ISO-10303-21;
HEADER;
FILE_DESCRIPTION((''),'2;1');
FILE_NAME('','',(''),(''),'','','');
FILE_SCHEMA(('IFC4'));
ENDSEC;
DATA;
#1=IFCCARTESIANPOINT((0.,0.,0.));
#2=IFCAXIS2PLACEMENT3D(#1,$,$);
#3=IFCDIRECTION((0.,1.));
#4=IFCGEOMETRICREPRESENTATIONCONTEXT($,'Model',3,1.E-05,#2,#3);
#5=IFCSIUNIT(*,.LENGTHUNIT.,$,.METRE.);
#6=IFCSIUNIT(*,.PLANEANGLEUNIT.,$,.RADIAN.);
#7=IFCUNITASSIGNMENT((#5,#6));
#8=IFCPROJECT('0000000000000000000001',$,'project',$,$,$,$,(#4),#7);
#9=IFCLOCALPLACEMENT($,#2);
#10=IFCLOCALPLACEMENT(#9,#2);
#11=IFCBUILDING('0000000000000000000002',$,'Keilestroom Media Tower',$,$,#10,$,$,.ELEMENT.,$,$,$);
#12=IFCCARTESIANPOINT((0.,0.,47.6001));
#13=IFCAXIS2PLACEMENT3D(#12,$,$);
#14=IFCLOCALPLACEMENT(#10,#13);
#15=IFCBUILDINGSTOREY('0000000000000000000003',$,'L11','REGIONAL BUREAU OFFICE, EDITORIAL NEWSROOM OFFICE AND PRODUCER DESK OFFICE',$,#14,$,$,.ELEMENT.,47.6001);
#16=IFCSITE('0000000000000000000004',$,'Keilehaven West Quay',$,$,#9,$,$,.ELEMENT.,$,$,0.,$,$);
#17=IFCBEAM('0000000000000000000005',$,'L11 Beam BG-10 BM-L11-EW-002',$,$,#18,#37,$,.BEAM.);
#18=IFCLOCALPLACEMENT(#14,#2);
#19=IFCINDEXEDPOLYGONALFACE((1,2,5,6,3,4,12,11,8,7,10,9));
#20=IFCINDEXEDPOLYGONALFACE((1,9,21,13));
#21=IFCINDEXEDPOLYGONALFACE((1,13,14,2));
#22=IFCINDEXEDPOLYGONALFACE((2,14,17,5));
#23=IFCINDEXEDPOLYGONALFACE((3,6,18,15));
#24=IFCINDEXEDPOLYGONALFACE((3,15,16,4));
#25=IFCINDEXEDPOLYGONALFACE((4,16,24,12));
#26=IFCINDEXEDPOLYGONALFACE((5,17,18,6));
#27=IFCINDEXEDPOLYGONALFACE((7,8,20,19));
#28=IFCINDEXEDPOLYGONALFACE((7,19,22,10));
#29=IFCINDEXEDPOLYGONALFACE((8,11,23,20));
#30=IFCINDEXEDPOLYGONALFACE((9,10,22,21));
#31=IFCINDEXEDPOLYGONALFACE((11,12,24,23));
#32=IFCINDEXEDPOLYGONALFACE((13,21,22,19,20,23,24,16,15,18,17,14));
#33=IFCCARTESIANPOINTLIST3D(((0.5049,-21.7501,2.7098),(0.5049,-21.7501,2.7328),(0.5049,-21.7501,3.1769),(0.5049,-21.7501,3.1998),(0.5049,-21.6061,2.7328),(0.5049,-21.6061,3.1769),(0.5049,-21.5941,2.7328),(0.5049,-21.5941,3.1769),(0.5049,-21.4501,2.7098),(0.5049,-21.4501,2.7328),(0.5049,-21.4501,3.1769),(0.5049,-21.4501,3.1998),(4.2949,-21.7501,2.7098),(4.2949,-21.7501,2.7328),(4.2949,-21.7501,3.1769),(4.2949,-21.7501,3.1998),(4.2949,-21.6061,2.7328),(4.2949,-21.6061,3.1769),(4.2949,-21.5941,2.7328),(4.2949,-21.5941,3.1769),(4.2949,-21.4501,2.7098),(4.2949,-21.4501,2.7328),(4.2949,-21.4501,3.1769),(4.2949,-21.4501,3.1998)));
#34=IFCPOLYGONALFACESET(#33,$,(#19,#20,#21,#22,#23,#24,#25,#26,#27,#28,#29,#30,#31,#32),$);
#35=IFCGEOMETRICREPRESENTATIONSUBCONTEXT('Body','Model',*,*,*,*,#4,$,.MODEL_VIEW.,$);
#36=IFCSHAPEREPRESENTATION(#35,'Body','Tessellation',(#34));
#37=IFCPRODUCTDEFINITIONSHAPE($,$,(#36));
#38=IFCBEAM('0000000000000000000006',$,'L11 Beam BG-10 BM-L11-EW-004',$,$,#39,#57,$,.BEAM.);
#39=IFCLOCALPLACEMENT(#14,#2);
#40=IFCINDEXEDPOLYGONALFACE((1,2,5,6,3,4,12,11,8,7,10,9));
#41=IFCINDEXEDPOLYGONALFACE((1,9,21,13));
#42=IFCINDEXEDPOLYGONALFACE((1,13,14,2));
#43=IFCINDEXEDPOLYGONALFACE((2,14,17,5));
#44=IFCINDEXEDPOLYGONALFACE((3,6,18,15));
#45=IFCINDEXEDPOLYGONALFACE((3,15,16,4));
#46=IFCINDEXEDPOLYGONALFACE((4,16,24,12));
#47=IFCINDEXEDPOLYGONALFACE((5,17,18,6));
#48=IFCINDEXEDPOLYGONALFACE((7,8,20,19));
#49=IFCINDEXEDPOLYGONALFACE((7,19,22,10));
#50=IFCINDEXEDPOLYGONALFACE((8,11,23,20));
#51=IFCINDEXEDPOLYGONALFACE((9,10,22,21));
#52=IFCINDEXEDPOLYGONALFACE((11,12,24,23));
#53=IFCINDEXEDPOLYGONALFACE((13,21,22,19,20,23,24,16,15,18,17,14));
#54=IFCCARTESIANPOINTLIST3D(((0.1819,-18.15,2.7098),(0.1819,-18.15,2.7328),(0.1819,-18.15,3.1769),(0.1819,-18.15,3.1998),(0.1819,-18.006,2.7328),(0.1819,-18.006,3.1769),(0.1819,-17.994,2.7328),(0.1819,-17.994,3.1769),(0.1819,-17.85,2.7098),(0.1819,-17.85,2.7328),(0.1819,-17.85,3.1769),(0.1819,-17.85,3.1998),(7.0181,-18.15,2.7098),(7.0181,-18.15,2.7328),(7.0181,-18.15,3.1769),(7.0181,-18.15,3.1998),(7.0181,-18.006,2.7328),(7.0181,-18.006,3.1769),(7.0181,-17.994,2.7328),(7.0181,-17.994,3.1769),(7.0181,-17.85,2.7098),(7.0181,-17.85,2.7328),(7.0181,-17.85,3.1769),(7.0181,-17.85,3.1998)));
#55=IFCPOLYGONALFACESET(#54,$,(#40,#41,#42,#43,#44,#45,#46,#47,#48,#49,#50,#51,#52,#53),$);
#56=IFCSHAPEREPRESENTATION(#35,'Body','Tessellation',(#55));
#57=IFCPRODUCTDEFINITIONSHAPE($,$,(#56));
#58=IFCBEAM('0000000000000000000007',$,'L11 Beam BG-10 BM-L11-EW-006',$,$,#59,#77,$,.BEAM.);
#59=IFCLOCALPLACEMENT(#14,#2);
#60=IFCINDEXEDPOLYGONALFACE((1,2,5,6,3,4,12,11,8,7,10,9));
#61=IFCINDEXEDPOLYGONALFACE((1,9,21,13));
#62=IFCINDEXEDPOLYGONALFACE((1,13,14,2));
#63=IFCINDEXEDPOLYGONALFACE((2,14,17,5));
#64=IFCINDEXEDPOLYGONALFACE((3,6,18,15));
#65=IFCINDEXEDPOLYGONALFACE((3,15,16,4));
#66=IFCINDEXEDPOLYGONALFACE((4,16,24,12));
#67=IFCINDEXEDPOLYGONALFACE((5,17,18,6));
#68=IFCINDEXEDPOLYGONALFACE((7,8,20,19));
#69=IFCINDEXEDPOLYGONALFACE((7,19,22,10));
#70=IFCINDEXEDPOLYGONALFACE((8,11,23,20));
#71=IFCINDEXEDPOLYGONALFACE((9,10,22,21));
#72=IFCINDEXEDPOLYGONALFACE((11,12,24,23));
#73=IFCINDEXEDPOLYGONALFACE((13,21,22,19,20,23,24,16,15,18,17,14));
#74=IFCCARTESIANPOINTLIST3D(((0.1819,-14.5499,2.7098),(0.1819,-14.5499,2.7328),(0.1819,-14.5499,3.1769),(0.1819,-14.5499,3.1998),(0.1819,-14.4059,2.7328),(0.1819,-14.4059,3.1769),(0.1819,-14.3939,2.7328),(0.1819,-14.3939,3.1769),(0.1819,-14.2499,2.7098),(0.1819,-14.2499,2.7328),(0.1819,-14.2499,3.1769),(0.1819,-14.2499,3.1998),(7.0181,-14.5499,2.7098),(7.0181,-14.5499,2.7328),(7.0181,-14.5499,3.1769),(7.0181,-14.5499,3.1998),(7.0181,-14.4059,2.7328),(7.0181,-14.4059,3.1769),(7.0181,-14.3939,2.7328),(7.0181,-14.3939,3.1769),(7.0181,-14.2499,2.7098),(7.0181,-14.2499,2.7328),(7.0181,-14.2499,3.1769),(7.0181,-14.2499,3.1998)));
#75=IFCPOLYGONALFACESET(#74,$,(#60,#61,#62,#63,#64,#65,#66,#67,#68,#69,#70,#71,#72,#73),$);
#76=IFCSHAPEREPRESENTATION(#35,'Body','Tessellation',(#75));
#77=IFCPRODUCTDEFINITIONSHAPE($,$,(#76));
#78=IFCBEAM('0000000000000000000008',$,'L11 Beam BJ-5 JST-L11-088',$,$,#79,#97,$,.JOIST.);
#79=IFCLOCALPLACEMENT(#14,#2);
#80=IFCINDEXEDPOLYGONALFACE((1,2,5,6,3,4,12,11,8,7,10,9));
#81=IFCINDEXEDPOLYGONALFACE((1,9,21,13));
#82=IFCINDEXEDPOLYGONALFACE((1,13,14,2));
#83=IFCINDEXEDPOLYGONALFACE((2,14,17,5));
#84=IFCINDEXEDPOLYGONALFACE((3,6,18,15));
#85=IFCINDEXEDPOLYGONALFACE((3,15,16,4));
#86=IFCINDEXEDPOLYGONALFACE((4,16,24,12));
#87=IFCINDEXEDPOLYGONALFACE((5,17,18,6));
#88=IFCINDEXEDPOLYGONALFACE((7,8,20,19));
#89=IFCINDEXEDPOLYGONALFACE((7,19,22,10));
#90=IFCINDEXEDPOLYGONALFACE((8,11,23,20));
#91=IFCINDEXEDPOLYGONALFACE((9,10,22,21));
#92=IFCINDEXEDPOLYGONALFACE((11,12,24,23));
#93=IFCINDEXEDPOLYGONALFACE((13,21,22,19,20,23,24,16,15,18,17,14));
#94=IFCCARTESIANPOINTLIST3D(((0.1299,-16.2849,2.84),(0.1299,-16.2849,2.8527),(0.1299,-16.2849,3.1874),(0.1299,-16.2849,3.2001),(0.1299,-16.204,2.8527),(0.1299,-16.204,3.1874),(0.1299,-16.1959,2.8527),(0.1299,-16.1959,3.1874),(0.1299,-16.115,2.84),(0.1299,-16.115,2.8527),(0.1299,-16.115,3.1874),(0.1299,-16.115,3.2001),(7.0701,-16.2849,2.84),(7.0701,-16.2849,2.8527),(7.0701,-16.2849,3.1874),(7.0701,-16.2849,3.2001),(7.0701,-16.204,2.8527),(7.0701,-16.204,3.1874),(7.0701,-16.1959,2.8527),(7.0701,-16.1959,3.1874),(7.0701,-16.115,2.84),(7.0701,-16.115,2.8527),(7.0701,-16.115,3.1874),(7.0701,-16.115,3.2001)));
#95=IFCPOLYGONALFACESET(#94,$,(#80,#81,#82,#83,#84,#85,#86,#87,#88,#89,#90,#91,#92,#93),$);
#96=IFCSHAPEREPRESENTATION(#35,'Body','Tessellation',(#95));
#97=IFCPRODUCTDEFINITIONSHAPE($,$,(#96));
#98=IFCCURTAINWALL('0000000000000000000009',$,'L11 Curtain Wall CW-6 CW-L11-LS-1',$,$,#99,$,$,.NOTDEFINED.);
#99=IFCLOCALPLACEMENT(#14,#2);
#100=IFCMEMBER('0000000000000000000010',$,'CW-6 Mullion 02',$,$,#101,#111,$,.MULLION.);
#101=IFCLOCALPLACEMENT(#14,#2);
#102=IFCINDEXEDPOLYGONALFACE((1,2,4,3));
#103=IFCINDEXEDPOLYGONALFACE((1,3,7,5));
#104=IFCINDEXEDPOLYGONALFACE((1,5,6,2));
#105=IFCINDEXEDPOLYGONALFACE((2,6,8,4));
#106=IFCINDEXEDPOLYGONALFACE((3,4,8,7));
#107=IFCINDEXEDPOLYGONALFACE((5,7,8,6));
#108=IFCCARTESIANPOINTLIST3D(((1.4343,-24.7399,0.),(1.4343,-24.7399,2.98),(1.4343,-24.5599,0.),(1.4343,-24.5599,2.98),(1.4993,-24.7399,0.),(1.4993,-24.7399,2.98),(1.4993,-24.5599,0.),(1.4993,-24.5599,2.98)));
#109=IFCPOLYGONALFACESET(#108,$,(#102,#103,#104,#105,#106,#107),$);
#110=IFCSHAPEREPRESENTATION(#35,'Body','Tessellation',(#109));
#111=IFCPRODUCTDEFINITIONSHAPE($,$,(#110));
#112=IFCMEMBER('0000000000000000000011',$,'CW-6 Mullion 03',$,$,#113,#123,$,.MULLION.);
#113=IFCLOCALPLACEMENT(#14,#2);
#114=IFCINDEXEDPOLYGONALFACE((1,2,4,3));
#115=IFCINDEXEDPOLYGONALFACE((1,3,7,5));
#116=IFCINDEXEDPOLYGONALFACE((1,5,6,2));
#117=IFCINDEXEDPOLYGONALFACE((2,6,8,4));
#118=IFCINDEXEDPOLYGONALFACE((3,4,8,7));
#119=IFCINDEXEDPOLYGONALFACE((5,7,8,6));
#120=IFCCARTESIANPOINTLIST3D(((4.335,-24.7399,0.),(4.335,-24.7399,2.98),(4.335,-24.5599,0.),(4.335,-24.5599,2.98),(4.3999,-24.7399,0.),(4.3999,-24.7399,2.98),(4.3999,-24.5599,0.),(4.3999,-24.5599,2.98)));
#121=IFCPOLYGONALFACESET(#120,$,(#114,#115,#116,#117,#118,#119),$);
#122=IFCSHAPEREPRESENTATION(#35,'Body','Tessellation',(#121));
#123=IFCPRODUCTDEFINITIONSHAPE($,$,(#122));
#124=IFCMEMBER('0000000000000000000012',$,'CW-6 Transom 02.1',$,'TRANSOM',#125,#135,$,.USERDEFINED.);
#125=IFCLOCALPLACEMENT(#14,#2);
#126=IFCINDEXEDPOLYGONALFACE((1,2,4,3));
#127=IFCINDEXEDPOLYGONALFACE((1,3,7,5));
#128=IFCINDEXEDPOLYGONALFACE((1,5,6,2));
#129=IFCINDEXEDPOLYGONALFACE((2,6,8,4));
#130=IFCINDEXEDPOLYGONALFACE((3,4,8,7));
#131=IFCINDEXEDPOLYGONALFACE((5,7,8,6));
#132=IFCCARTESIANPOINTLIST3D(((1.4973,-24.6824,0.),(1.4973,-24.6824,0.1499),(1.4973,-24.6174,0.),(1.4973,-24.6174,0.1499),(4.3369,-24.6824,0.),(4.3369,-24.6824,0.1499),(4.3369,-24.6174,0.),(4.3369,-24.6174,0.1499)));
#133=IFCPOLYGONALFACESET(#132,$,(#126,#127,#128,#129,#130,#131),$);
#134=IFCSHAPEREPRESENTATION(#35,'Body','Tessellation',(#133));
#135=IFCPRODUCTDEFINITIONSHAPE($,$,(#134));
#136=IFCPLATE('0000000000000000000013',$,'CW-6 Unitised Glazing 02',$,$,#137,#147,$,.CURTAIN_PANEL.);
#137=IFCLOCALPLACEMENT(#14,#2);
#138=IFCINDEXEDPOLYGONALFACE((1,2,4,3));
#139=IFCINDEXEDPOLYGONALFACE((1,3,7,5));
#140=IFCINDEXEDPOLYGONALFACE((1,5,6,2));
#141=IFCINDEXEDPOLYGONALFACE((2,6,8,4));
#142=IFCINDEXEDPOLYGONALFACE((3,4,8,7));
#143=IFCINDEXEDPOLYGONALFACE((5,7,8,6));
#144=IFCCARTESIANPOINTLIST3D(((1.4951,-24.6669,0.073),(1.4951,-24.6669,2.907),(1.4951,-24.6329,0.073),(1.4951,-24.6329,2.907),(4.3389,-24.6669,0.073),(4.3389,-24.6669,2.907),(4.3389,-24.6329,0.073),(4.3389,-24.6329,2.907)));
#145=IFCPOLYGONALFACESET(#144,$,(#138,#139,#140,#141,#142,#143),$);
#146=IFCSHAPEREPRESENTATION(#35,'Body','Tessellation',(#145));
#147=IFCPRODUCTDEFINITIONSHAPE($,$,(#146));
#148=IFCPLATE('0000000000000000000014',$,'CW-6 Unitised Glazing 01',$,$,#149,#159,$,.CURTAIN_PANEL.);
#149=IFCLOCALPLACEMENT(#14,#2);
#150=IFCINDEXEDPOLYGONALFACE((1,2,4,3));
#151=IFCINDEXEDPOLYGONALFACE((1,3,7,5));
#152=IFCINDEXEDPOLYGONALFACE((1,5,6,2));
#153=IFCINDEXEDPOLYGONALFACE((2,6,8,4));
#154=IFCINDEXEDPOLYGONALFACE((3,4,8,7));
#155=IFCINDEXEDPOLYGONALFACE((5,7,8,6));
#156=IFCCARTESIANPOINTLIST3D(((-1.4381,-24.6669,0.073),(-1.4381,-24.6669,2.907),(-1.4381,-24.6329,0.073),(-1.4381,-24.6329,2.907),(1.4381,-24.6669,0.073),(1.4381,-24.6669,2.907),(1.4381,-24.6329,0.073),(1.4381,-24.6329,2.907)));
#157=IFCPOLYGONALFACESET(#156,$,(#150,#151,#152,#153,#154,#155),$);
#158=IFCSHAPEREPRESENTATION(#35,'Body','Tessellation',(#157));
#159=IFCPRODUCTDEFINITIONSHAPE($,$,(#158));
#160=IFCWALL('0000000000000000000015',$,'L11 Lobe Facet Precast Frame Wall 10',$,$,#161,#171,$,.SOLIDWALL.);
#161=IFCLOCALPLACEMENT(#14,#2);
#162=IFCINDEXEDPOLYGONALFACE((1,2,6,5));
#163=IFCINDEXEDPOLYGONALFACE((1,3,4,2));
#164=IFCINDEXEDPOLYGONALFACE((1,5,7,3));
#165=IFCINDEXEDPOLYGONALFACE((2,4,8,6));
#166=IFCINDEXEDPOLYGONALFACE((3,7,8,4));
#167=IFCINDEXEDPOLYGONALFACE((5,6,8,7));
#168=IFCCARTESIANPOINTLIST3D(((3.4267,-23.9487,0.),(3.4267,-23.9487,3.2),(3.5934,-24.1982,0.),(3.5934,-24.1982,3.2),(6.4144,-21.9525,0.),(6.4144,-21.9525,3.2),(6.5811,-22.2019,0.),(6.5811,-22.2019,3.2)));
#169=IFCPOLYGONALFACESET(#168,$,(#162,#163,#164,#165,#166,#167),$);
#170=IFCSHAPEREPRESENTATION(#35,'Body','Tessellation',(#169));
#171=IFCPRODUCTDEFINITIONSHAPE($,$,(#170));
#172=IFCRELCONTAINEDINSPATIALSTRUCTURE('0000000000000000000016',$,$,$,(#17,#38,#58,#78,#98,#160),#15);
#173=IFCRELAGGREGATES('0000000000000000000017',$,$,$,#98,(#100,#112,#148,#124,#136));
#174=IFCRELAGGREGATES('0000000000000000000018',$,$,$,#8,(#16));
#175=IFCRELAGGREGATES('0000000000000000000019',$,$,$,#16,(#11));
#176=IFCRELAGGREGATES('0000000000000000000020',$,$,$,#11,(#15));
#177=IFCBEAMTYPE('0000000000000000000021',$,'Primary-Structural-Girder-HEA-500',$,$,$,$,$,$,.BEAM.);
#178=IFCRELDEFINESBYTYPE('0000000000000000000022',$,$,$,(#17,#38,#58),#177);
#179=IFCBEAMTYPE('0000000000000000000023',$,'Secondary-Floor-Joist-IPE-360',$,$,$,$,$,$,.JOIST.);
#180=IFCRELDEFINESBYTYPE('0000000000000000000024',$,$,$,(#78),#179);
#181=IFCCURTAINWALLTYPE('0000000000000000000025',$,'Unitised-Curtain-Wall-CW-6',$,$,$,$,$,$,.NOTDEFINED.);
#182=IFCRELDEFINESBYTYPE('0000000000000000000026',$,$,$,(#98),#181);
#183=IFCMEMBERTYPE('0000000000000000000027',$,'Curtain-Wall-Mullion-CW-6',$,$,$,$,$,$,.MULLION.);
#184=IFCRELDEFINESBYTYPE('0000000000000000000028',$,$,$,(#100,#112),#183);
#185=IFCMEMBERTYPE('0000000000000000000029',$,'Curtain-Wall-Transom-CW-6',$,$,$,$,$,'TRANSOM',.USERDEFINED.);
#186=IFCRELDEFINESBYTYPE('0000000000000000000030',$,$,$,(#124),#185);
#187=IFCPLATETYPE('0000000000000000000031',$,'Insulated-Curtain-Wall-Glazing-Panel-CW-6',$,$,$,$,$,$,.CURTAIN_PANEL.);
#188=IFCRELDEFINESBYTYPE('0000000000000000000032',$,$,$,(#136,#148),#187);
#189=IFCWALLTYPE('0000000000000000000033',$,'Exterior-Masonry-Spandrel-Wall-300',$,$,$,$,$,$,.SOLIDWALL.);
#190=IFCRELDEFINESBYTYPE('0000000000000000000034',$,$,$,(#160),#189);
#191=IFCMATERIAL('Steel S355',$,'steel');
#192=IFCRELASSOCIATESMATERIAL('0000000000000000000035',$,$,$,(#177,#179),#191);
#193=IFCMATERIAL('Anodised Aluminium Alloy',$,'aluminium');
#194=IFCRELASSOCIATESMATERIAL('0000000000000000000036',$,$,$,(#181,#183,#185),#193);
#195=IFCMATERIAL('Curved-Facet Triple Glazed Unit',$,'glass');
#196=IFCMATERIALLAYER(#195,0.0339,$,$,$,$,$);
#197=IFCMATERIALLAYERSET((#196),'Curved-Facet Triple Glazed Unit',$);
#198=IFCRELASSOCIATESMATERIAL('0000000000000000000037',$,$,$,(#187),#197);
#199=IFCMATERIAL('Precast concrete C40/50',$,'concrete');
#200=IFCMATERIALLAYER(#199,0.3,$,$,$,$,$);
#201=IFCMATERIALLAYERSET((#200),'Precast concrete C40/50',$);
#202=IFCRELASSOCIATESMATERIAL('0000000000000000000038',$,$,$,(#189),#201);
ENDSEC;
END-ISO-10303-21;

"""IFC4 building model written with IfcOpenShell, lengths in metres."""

from ifc_helpers import new_model, si_unit, direction, frame, frame_2d, origin, origin_2d, place, context, subcontext, project, spatial, rectangle, i_section, extrude, source, transform, mapped, material, layer, layer_set, material_profile, profile_set, type_object, element, aggregate, save


model = new_model("IFC4")

# Units and contexts
model_context = context("Model", 3, precision=1e-05, world=origin(), true_north=direction((0.0, 1.0)))
body_context = subcontext(model_context, "Body", "Model", "MODEL_VIEW")
ifc_project = project(units=[si_unit("LENGTHUNIT", "METRE"), si_unit("PLANEANGLEUNIT", "RADIAN")], contexts=[model_context])

# Site, building, storey
site_placement = place(None, origin())
site = spatial("IfcSite", under=ifc_project, at=site_placement, Name="Keilehaven West Quay", CompositionType="ELEMENT", RefElevation=0.0)
building_placement = place(site_placement, origin())
building = spatial("IfcBuilding", under=site, at=building_placement, Name="Keilestroom Media Tower", CompositionType="ELEMENT")
storey_placement = place(building_placement, frame((0.0, 0.0, 47.6001)))
storey = spatial("IfcBuildingStorey", under=building, at=storey_placement, Name="L11", Description="REGIONAL BUREAU OFFICE, EDITORIAL NEWSROOM OFFICE AND PRODUCER DESK OFFICE", CompositionType="ELEMENT", Elevation=47.6001)

# Beams
ifc_material_1 = material(Name="Steel S355", Category="steel")
ifc_material_profile_1 = material_profile(ifc_material_1, i_section(OverallWidth=0.3, OverallDepth=0.49, WebThickness=0.012, FlangeThickness=0.0229, at=origin_2d()), Name="HEA 500")
ifc_profile_set_1 = profile_set([ifc_material_profile_1], Name="Steel S355")
beam_type_1 = type_object("IfcBeamType", Name="Primary-Structural-Girder-HEA-500", PredefinedType="BEAM", material=ifc_profile_set_1)
shared_shape_1 = source(origin(), body_context, "Body", "SweptSolid", [
    extrude(i_section(OverallWidth=0.3, OverallDepth=0.49, WebThickness=0.012, FlangeThickness=0.0229, at=origin_2d()), origin(), (0.0, 0.0, 1.0), 3.79),
])
beam_1_placement = place(storey_placement, frame((0.5049, -21.6001, 2.9548), z_axis=(1.0, 0.0, 0.0), x_axis=(0.0, 1.0, 0.0)))
element("IfcBeam", 1, at=beam_1_placement, inside=storey, type_object=beam_type_1, Name="L11 Beam BG-10 BM-L11-EW-002", PredefinedType="BEAM", context=body_context, shape_type="MappedRepresentation", body=[
    mapped(shared_shape_1, transform((0.0, 0.0, 0.0), x_axis=(1.0, 0.0, 0.0), y_axis=(0.0, 1.0, 0.0), z_axis=(0.0, 0.0, 1.0), scale=1.0)),
])
shared_shape_2 = source(origin(), body_context, "Body", "SweptSolid", [
    extrude(i_section(OverallWidth=0.3, OverallDepth=0.49, WebThickness=0.012, FlangeThickness=0.0229, at=origin_2d()), origin(), (0.0, 0.0, 1.0), 6.8362),
])
for number, where, z_axis, x_axis, name in (
    (2, (0.1819, -18.0, 2.9548), (1.0, 0.0, 0.0), (0.0, 1.0, 0.0), "L11 Beam BG-10 BM-L11-EW-004"),
    (3, (0.1819, -14.3999, 2.9548), (1.0, 0.0, 0.0), (0.0, 1.0, 0.0), "L11 Beam BG-10 BM-L11-EW-006"),
):
    element("IfcBeam", number, at=place(storey_placement, frame(where, z_axis=z_axis, x_axis=x_axis)), inside=storey, type_object=beam_type_1, Name=name, PredefinedType="BEAM", context=body_context, shape_type="MappedRepresentation", body=[
        mapped(shared_shape_2, transform((0.0, 0.0, 0.0), x_axis=(1.0, 0.0, 0.0), y_axis=(0.0, 1.0, 0.0), z_axis=(0.0, 0.0, 1.0), scale=1.0)),
    ])
ifc_material_profile_2 = material_profile(ifc_material_1, i_section(OverallWidth=0.1699, OverallDepth=0.3601, WebThickness=0.0081, FlangeThickness=0.0127, at=origin_2d()), Name="IPE 360")
ifc_profile_set_2 = profile_set([ifc_material_profile_2], Name="Steel S355")
beam_type_2 = type_object("IfcBeamType", Name="Secondary-Floor-Joist-IPE-360", PredefinedType="JOIST", material=ifc_profile_set_2)
shared_shape_3 = source(origin(), body_context, "Body", "SweptSolid", [
    extrude(i_section(OverallWidth=0.1699, OverallDepth=0.3601, WebThickness=0.0081, FlangeThickness=0.0127, at=origin_2d()), origin(), (0.0, 0.0, 1.0), 6.9402),
])
beam_2_placement = place(storey_placement, frame((0.1299, -16.2, 3.02), z_axis=(1.0, 0.0, 0.0), x_axis=(0.0, 1.0, 0.0)))
element("IfcBeam", 4, at=beam_2_placement, inside=storey, type_object=beam_type_2, Name="L11 Beam BJ-5 JST-L11-088", PredefinedType="JOIST", context=body_context, shape_type="MappedRepresentation", body=[
    mapped(shared_shape_3, transform((0.0, 0.0, 0.0), x_axis=(1.0, 0.0, 0.0), y_axis=(0.0, 1.0, 0.0), z_axis=(0.0, 0.0, 1.0), scale=1.0)),
])

# Curtain wall, members, plates
ifc_material_2 = material(Name="Anodised Aluminium Alloy", Category="aluminium")
curtain_wall_type = type_object("IfcCurtainWallType", Name="Unitised-Curtain-Wall-CW-6", PredefinedType="NOTDEFINED", material=ifc_material_2)
curtain_wall_placement = place(storey_placement, origin())
curtain_wall = element("IfcCurtainWall", 5, at=curtain_wall_placement, inside=storey, type_object=curtain_wall_type, Name="L11 Curtain Wall CW-6 CW-L11-LS-1", PredefinedType="NOTDEFINED")
ifc_material_profile_3 = material_profile(ifc_material_2, rectangle(XDim=0.0649, YDim=0.1799, at=origin_2d()), Name="ALU MULLION 65x180")
ifc_profile_set_3 = profile_set([ifc_material_profile_3], Name="Anodised Aluminium Alloy")
member_type_1 = type_object("IfcMemberType", Name="Curtain-Wall-Mullion-CW-6", PredefinedType="MULLION", material=ifc_profile_set_3)
shared_shape_4 = source(origin(), body_context, "Body", "SweptSolid", [
    extrude(rectangle(XDim=0.0649, YDim=0.1799, at=origin_2d()), origin(), (0.0, 0.0, 1.0), 2.98),
])
member_1_placement = place(storey_placement, frame((1.4668, -24.6499, 0.0), z_axis=(0.0, 0.0, 1.0), x_axis=(1.0, 0.0, 0.0)))
member_1 = element("IfcMember", 6, at=member_1_placement, type_object=member_type_1, Name="CW-6 Mullion 02", PredefinedType="MULLION", context=body_context, shape_type="MappedRepresentation", body=[
    mapped(shared_shape_4, transform((0.0, 0.0, 0.0), x_axis=(1.0, 0.0, 0.0), y_axis=(0.0, 1.0, 0.0), z_axis=(0.0, 0.0, 1.0), scale=1.0)),
])
member_2_placement = place(storey_placement, frame((4.3674, -24.6499, 0.0), z_axis=(0.0, 0.0, 1.0), x_axis=(1.0, 0.0, 0.0)))
member_2 = element("IfcMember", 7, at=member_2_placement, type_object=member_type_1, Name="CW-6 Mullion 03", PredefinedType="MULLION", context=body_context, shape_type="MappedRepresentation", body=[
    mapped(shared_shape_4, transform((0.0, 0.0, 0.0), x_axis=(1.0, 0.0, 0.0), y_axis=(0.0, 1.0, 0.0), z_axis=(0.0, 0.0, 1.0), scale=1.0)),
])
ifc_material_profile_4 = material_profile(ifc_material_2, rectangle(XDim=0.0649, YDim=0.1499, at=origin_2d()), Name="ALU TRANSOM 65x150")
ifc_profile_set_4 = profile_set([ifc_material_profile_4], Name="Anodised Aluminium Alloy")
member_type_2 = type_object("IfcMemberType", Name="Curtain-Wall-Transom-CW-6", ElementType="TRANSOM", PredefinedType="USERDEFINED", material=ifc_profile_set_4)
shared_shape_5 = source(origin(), body_context, "Body", "SweptSolid", [
    extrude(rectangle(XDim=0.0649, YDim=0.1499, at=origin_2d()), origin(), (0.0, 0.0, 1.0), 2.8396),
])
member_3_placement = place(storey_placement, frame((1.4973, -24.6499, 0.075), z_axis=(1.0, 0.0, 0.0), x_axis=(0.0, 1.0, 0.0)))
member_3 = element("IfcMember", 8, at=member_3_placement, type_object=member_type_2, Name="CW-6 Transom 02.1", ObjectType="TRANSOM", PredefinedType="USERDEFINED", context=body_context, shape_type="MappedRepresentation", body=[
    mapped(shared_shape_5, transform((0.0, 0.0, 0.0), x_axis=(1.0, 0.0, 0.0), y_axis=(0.0, 1.0, 0.0), z_axis=(0.0, 0.0, 1.0), scale=1.0)),
])
ifc_material_3 = material(Name="Curved-Facet Triple Glazed Unit", Category="glass")
ifc_layer_1 = layer(ifc_material_3, 0.0339)
ifc_layer_set_1 = layer_set([ifc_layer_1], Name="Curved-Facet Triple Glazed Unit")
plate_type = type_object("IfcPlateType", Name="Insulated-Curtain-Wall-Glazing-Panel-CW-6", PredefinedType="CURTAIN_PANEL", material=ifc_layer_set_1)
shared_shape_6 = source(origin(), body_context, "Body", "SweptSolid", [
    extrude(rectangle(XDim=2.8438, YDim=0.0339, at=origin_2d()), origin(), (0.0, 0.0, 1.0), 2.834),
])
plate_1_placement = place(storey_placement, frame((2.917, -24.6499, 0.073), z_axis=(0.0, 0.0, 1.0), x_axis=(1.0, 0.0, 0.0)))
plate_1 = element("IfcPlate", 9, at=plate_1_placement, type_object=plate_type, Name="CW-6 Unitised Glazing 02", PredefinedType="CURTAIN_PANEL", context=body_context, shape_type="MappedRepresentation", body=[
    mapped(shared_shape_6, transform((0.0, 0.0, 0.0), x_axis=(1.0, 0.0, 0.0), y_axis=(0.0, 1.0, 0.0), z_axis=(0.0, 0.0, 1.0), scale=1.0)),
])
shared_shape_7 = source(origin(), body_context, "Body", "SweptSolid", [
    extrude(rectangle(XDim=2.8762, YDim=0.0339, at=origin_2d()), origin(), (0.0, 0.0, 1.0), 2.834),
])
plate_2_placement = place(storey_placement, frame((0.0, -24.6499, 0.073), z_axis=(0.0, 0.0, 1.0), x_axis=(1.0, 0.0, 0.0)))
plate_2 = element("IfcPlate", 10, at=plate_2_placement, type_object=plate_type, Name="CW-6 Unitised Glazing 01", PredefinedType="CURTAIN_PANEL", context=body_context, shape_type="MappedRepresentation", body=[
    mapped(shared_shape_7, transform((0.0, 0.0, 0.0), x_axis=(1.0, 0.0, 0.0), y_axis=(0.0, 1.0, 0.0), z_axis=(0.0, 0.0, 1.0), scale=1.0)),
])
aggregate(curtain_wall, [member_1, member_2, plate_2, member_3, plate_1])

# Wall
ifc_material_4 = material(Name="Precast concrete C40/50", Category="concrete")
ifc_layer_2 = layer(ifc_material_4, 0.3)
ifc_layer_set_2 = layer_set([ifc_layer_2], Name="Precast concrete C40/50")
wall_type_1 = type_object("IfcWallType", Name="Exterior-Masonry-Spandrel-Wall-300", PredefinedType="SOLIDWALL", material=ifc_layer_set_2)
wall_1_placement = place(storey_placement, frame((3.51, -24.0735, 0.0), z_axis=(0.0, 0.0, 1.0), x_axis=(0.831475, 0.555562, 0.0)))
element("IfcWall", 11, at=wall_1_placement, inside=storey, type_object=wall_type_1, Name="L11 Lobe Facet Precast Frame Wall 10", PredefinedType="SOLIDWALL", context=body_context, shape_type="SweptSolid", body=[
    extrude(rectangle(XDim=3.5933, YDim=0.3, at=frame_2d((1.7966, 0.0))), origin(), (0.0, 0.0, 1.0), 3.2),
])

save(model, "model.ifc")
